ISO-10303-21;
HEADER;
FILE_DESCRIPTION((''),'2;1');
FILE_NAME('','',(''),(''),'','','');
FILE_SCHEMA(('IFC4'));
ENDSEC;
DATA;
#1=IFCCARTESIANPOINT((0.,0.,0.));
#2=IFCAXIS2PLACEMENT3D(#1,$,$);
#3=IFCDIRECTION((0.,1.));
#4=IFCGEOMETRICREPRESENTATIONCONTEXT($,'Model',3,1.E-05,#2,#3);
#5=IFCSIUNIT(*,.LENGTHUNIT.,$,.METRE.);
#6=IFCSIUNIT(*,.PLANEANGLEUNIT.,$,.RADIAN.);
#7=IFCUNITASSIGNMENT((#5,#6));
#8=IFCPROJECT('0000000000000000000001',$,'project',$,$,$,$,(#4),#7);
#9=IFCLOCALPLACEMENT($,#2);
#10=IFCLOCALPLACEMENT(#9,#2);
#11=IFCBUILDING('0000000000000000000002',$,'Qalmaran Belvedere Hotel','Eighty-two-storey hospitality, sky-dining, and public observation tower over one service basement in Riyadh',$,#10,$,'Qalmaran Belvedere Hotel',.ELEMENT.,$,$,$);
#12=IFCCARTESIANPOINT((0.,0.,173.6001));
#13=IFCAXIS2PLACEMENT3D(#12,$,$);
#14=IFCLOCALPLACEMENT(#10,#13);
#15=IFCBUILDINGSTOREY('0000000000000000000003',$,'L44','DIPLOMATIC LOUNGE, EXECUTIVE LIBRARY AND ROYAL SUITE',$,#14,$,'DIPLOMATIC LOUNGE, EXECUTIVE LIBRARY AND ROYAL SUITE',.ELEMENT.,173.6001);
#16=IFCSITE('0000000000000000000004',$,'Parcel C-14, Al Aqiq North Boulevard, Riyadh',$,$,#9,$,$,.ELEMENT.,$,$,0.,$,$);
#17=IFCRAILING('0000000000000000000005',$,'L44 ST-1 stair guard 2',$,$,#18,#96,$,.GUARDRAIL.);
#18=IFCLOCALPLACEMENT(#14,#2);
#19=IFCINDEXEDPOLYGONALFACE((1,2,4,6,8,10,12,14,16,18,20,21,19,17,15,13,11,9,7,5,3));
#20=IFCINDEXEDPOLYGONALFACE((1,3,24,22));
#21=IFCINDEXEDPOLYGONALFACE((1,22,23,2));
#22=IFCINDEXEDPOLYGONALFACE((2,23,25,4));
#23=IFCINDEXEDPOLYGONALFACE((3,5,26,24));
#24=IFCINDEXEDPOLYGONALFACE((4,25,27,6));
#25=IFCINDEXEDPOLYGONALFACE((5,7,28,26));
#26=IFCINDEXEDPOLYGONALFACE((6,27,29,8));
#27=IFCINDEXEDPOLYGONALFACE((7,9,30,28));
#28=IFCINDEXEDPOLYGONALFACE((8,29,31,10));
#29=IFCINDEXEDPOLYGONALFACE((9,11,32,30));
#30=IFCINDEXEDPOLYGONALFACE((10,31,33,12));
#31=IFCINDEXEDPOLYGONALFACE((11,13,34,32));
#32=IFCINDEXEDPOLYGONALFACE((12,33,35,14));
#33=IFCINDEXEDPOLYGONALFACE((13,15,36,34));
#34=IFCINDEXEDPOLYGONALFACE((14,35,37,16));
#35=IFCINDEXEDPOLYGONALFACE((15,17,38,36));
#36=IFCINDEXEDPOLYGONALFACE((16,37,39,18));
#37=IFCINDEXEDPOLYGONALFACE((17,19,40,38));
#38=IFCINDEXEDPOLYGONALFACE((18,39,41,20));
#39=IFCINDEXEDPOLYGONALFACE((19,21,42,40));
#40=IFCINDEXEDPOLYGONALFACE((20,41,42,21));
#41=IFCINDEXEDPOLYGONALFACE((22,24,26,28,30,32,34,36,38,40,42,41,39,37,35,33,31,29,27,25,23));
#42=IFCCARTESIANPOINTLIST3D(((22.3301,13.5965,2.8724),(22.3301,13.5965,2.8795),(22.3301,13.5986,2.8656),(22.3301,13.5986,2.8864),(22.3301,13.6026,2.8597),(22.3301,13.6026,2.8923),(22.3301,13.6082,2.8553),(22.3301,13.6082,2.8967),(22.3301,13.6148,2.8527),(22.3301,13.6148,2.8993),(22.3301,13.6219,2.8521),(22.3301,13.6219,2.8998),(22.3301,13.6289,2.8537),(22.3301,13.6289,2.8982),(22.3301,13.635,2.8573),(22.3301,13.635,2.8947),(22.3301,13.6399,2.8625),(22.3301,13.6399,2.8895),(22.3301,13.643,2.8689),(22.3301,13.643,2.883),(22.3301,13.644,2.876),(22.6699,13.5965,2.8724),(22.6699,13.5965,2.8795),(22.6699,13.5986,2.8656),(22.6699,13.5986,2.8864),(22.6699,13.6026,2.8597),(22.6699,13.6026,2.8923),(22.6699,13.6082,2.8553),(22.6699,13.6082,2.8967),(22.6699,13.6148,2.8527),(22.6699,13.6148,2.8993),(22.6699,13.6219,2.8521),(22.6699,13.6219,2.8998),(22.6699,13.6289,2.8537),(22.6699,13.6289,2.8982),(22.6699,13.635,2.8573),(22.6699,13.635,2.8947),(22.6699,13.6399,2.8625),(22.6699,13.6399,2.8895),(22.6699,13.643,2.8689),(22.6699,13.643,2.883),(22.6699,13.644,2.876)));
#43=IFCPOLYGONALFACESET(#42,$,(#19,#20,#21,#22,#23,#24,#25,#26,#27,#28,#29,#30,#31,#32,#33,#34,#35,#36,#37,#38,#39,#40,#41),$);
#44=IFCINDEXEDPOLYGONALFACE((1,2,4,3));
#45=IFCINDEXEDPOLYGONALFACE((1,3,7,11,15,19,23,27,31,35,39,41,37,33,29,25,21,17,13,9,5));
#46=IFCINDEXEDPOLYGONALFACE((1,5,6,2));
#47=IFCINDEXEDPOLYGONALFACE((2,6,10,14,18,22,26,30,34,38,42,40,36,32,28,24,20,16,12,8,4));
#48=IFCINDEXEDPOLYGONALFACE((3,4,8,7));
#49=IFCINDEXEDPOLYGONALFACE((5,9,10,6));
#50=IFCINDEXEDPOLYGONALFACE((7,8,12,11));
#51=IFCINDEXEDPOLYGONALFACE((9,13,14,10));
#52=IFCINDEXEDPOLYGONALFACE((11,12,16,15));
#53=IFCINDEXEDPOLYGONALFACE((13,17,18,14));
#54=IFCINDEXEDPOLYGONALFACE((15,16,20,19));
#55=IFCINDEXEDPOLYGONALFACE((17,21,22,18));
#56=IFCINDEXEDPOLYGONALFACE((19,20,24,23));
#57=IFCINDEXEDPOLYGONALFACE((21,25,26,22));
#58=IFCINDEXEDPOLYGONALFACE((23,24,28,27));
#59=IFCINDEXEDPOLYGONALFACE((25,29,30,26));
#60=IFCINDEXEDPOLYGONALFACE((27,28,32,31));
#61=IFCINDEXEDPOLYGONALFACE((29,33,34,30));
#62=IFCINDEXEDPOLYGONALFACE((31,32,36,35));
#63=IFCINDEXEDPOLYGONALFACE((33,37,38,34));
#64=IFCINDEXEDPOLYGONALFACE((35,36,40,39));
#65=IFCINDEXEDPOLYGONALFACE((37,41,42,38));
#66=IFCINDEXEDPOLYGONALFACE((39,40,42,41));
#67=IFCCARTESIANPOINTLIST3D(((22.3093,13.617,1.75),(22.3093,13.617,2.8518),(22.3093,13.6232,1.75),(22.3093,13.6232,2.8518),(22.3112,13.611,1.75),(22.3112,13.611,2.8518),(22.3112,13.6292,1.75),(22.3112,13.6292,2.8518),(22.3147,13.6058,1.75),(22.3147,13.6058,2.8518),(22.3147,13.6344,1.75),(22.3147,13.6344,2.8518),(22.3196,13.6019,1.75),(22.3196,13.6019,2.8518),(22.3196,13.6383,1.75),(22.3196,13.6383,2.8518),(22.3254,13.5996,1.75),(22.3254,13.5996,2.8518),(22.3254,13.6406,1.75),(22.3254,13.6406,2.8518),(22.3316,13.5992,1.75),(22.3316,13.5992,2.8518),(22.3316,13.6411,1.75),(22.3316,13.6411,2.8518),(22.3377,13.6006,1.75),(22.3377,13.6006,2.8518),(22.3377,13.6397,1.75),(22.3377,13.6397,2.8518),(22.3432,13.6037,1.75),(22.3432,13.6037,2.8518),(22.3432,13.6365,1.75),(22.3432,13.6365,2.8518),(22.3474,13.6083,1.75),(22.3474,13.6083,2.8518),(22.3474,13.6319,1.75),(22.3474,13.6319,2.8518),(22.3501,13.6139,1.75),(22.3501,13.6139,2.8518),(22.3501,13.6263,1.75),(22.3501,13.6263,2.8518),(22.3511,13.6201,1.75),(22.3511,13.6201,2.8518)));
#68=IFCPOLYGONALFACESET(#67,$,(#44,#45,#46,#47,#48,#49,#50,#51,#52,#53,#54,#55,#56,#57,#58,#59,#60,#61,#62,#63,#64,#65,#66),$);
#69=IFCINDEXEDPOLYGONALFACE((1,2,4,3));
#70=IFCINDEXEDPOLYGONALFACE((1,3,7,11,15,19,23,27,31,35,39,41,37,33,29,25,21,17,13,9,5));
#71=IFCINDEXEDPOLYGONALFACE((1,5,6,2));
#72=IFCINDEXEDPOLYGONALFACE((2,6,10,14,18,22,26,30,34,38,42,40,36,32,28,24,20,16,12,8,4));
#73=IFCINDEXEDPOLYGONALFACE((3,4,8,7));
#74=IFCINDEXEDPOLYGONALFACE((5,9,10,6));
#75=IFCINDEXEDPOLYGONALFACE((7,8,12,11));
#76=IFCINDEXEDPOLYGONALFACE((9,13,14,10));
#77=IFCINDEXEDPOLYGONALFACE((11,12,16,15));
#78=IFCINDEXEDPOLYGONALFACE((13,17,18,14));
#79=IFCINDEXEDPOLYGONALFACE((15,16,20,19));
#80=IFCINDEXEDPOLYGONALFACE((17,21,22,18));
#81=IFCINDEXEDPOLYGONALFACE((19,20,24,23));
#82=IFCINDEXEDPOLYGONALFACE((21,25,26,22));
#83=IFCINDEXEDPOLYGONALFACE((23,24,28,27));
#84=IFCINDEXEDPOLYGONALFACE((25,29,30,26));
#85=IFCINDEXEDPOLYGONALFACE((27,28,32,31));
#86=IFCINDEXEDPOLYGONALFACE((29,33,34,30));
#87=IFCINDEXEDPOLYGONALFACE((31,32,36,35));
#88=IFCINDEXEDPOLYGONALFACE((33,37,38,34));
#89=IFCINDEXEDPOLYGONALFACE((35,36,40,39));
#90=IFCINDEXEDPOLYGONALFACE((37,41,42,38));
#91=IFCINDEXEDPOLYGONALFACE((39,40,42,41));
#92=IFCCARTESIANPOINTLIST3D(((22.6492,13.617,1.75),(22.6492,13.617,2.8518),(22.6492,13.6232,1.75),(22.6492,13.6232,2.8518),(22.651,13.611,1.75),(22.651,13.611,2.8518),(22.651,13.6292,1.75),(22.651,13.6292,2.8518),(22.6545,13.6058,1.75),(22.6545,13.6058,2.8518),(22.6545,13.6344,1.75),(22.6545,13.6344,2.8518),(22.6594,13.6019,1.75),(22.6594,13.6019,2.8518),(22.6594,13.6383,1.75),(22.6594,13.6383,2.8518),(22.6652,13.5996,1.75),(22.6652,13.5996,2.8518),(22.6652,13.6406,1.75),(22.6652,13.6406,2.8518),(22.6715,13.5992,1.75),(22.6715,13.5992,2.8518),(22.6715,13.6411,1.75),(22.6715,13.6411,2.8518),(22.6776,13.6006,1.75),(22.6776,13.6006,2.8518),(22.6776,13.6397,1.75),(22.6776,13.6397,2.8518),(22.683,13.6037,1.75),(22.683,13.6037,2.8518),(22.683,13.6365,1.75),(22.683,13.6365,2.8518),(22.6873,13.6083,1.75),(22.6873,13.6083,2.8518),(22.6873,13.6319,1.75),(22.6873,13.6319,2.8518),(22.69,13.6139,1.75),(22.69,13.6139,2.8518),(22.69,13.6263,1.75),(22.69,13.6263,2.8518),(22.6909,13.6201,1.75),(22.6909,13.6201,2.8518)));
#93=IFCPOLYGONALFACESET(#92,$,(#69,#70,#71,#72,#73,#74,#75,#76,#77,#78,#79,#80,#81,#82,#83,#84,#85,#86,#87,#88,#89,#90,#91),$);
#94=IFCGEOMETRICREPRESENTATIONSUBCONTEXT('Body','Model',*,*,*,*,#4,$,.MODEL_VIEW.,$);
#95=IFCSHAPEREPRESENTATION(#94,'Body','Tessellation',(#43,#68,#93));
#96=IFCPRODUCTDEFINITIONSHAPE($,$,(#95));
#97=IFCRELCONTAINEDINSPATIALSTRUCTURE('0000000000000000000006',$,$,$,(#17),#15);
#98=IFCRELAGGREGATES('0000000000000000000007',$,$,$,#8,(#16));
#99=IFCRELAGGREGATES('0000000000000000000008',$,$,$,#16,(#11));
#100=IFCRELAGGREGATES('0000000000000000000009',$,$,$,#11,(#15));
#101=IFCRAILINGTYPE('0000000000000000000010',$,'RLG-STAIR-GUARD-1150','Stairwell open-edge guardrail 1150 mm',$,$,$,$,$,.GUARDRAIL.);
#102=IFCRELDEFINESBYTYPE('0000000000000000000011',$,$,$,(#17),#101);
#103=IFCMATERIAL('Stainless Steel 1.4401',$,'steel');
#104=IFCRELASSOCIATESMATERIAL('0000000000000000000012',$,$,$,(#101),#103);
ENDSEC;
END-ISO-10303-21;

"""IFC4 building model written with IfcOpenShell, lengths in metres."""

from ifc_helpers import new_model, si_unit, direction, frame, origin, origin_2d, place, context, subcontext, project, spatial, circle, extrude, material, type_object, element, save


model = new_model("IFC4")

# Units and contexts
model_context = context("Model", 3, precision=1e-05, world=origin(), true_north=direction((0.0, 1.0)))
body_context = subcontext(model_context, "Body", "Model", "MODEL_VIEW")
ifc_project = project(units=[si_unit("LENGTHUNIT", "METRE"), si_unit("PLANEANGLEUNIT", "RADIAN")], contexts=[model_context])

# Site, building, storey
site_placement = place(None, origin())
site = spatial("IfcSite", under=ifc_project, at=site_placement, Name="Parcel C-14, Al Aqiq North Boulevard, Riyadh", CompositionType="ELEMENT", RefElevation=0.0)
building_placement = place(site_placement, origin())
building = spatial("IfcBuilding", under=site, at=building_placement, Name="Qalmaran Belvedere Hotel", Description="Eighty-two-storey hospitality, sky-dining, and public observation tower over one service basement in Riyadh", LongName="Qalmaran Belvedere Hotel", CompositionType="ELEMENT")
storey_placement = place(building_placement, frame((0.0, 0.0, 173.6001)))
storey = spatial("IfcBuildingStorey", under=building, at=storey_placement, Name="L44", Description="DIPLOMATIC LOUNGE, EXECUTIVE LIBRARY AND ROYAL SUITE", LongName="DIPLOMATIC LOUNGE, EXECUTIVE LIBRARY AND ROYAL SUITE", CompositionType="ELEMENT", Elevation=173.6001)

# Shared definitions
ifc_material_1 = material(Name="Stainless Steel 1.4401", Category="steel")

# Railing
railing_type_1 = type_object("IfcRailingType", Name="RLG-STAIR-GUARD-1150", Description="Stairwell open-edge guardrail 1150 mm", PredefinedType="GUARDRAIL", material=ifc_material_1)
railing_1_placement = place(storey_placement, frame((22.3301, 13.6201, 1.75)))
element("IfcRailing", 1, at=railing_1_placement, inside=storey, type_object=railing_type_1, Name="L44 ST-1 stair guard 2", PredefinedType="GUARDRAIL", context=body_context, shape_type="SweptSolid", body=[
    extrude(circle(Radius=0.0239, at=origin_2d()), frame((0.0, 0.0, 1.126), z_axis=(1.0, 0.0, 0.0), x_axis=(0.0, 1.0, 0.0)), (0.0, 0.0, 1.0), 0.3398),
    extrude(circle(Radius=0.021, at=origin_2d()), origin(), (0.0, 0.0, 1.0), 1.1018),
    extrude(circle(Radius=0.021, at=origin_2d()), frame((0.3398, 0.0, 0.0)), (0.0, 0.0, 1.0), 1.1018),
])

save(model, "model.ifc")
